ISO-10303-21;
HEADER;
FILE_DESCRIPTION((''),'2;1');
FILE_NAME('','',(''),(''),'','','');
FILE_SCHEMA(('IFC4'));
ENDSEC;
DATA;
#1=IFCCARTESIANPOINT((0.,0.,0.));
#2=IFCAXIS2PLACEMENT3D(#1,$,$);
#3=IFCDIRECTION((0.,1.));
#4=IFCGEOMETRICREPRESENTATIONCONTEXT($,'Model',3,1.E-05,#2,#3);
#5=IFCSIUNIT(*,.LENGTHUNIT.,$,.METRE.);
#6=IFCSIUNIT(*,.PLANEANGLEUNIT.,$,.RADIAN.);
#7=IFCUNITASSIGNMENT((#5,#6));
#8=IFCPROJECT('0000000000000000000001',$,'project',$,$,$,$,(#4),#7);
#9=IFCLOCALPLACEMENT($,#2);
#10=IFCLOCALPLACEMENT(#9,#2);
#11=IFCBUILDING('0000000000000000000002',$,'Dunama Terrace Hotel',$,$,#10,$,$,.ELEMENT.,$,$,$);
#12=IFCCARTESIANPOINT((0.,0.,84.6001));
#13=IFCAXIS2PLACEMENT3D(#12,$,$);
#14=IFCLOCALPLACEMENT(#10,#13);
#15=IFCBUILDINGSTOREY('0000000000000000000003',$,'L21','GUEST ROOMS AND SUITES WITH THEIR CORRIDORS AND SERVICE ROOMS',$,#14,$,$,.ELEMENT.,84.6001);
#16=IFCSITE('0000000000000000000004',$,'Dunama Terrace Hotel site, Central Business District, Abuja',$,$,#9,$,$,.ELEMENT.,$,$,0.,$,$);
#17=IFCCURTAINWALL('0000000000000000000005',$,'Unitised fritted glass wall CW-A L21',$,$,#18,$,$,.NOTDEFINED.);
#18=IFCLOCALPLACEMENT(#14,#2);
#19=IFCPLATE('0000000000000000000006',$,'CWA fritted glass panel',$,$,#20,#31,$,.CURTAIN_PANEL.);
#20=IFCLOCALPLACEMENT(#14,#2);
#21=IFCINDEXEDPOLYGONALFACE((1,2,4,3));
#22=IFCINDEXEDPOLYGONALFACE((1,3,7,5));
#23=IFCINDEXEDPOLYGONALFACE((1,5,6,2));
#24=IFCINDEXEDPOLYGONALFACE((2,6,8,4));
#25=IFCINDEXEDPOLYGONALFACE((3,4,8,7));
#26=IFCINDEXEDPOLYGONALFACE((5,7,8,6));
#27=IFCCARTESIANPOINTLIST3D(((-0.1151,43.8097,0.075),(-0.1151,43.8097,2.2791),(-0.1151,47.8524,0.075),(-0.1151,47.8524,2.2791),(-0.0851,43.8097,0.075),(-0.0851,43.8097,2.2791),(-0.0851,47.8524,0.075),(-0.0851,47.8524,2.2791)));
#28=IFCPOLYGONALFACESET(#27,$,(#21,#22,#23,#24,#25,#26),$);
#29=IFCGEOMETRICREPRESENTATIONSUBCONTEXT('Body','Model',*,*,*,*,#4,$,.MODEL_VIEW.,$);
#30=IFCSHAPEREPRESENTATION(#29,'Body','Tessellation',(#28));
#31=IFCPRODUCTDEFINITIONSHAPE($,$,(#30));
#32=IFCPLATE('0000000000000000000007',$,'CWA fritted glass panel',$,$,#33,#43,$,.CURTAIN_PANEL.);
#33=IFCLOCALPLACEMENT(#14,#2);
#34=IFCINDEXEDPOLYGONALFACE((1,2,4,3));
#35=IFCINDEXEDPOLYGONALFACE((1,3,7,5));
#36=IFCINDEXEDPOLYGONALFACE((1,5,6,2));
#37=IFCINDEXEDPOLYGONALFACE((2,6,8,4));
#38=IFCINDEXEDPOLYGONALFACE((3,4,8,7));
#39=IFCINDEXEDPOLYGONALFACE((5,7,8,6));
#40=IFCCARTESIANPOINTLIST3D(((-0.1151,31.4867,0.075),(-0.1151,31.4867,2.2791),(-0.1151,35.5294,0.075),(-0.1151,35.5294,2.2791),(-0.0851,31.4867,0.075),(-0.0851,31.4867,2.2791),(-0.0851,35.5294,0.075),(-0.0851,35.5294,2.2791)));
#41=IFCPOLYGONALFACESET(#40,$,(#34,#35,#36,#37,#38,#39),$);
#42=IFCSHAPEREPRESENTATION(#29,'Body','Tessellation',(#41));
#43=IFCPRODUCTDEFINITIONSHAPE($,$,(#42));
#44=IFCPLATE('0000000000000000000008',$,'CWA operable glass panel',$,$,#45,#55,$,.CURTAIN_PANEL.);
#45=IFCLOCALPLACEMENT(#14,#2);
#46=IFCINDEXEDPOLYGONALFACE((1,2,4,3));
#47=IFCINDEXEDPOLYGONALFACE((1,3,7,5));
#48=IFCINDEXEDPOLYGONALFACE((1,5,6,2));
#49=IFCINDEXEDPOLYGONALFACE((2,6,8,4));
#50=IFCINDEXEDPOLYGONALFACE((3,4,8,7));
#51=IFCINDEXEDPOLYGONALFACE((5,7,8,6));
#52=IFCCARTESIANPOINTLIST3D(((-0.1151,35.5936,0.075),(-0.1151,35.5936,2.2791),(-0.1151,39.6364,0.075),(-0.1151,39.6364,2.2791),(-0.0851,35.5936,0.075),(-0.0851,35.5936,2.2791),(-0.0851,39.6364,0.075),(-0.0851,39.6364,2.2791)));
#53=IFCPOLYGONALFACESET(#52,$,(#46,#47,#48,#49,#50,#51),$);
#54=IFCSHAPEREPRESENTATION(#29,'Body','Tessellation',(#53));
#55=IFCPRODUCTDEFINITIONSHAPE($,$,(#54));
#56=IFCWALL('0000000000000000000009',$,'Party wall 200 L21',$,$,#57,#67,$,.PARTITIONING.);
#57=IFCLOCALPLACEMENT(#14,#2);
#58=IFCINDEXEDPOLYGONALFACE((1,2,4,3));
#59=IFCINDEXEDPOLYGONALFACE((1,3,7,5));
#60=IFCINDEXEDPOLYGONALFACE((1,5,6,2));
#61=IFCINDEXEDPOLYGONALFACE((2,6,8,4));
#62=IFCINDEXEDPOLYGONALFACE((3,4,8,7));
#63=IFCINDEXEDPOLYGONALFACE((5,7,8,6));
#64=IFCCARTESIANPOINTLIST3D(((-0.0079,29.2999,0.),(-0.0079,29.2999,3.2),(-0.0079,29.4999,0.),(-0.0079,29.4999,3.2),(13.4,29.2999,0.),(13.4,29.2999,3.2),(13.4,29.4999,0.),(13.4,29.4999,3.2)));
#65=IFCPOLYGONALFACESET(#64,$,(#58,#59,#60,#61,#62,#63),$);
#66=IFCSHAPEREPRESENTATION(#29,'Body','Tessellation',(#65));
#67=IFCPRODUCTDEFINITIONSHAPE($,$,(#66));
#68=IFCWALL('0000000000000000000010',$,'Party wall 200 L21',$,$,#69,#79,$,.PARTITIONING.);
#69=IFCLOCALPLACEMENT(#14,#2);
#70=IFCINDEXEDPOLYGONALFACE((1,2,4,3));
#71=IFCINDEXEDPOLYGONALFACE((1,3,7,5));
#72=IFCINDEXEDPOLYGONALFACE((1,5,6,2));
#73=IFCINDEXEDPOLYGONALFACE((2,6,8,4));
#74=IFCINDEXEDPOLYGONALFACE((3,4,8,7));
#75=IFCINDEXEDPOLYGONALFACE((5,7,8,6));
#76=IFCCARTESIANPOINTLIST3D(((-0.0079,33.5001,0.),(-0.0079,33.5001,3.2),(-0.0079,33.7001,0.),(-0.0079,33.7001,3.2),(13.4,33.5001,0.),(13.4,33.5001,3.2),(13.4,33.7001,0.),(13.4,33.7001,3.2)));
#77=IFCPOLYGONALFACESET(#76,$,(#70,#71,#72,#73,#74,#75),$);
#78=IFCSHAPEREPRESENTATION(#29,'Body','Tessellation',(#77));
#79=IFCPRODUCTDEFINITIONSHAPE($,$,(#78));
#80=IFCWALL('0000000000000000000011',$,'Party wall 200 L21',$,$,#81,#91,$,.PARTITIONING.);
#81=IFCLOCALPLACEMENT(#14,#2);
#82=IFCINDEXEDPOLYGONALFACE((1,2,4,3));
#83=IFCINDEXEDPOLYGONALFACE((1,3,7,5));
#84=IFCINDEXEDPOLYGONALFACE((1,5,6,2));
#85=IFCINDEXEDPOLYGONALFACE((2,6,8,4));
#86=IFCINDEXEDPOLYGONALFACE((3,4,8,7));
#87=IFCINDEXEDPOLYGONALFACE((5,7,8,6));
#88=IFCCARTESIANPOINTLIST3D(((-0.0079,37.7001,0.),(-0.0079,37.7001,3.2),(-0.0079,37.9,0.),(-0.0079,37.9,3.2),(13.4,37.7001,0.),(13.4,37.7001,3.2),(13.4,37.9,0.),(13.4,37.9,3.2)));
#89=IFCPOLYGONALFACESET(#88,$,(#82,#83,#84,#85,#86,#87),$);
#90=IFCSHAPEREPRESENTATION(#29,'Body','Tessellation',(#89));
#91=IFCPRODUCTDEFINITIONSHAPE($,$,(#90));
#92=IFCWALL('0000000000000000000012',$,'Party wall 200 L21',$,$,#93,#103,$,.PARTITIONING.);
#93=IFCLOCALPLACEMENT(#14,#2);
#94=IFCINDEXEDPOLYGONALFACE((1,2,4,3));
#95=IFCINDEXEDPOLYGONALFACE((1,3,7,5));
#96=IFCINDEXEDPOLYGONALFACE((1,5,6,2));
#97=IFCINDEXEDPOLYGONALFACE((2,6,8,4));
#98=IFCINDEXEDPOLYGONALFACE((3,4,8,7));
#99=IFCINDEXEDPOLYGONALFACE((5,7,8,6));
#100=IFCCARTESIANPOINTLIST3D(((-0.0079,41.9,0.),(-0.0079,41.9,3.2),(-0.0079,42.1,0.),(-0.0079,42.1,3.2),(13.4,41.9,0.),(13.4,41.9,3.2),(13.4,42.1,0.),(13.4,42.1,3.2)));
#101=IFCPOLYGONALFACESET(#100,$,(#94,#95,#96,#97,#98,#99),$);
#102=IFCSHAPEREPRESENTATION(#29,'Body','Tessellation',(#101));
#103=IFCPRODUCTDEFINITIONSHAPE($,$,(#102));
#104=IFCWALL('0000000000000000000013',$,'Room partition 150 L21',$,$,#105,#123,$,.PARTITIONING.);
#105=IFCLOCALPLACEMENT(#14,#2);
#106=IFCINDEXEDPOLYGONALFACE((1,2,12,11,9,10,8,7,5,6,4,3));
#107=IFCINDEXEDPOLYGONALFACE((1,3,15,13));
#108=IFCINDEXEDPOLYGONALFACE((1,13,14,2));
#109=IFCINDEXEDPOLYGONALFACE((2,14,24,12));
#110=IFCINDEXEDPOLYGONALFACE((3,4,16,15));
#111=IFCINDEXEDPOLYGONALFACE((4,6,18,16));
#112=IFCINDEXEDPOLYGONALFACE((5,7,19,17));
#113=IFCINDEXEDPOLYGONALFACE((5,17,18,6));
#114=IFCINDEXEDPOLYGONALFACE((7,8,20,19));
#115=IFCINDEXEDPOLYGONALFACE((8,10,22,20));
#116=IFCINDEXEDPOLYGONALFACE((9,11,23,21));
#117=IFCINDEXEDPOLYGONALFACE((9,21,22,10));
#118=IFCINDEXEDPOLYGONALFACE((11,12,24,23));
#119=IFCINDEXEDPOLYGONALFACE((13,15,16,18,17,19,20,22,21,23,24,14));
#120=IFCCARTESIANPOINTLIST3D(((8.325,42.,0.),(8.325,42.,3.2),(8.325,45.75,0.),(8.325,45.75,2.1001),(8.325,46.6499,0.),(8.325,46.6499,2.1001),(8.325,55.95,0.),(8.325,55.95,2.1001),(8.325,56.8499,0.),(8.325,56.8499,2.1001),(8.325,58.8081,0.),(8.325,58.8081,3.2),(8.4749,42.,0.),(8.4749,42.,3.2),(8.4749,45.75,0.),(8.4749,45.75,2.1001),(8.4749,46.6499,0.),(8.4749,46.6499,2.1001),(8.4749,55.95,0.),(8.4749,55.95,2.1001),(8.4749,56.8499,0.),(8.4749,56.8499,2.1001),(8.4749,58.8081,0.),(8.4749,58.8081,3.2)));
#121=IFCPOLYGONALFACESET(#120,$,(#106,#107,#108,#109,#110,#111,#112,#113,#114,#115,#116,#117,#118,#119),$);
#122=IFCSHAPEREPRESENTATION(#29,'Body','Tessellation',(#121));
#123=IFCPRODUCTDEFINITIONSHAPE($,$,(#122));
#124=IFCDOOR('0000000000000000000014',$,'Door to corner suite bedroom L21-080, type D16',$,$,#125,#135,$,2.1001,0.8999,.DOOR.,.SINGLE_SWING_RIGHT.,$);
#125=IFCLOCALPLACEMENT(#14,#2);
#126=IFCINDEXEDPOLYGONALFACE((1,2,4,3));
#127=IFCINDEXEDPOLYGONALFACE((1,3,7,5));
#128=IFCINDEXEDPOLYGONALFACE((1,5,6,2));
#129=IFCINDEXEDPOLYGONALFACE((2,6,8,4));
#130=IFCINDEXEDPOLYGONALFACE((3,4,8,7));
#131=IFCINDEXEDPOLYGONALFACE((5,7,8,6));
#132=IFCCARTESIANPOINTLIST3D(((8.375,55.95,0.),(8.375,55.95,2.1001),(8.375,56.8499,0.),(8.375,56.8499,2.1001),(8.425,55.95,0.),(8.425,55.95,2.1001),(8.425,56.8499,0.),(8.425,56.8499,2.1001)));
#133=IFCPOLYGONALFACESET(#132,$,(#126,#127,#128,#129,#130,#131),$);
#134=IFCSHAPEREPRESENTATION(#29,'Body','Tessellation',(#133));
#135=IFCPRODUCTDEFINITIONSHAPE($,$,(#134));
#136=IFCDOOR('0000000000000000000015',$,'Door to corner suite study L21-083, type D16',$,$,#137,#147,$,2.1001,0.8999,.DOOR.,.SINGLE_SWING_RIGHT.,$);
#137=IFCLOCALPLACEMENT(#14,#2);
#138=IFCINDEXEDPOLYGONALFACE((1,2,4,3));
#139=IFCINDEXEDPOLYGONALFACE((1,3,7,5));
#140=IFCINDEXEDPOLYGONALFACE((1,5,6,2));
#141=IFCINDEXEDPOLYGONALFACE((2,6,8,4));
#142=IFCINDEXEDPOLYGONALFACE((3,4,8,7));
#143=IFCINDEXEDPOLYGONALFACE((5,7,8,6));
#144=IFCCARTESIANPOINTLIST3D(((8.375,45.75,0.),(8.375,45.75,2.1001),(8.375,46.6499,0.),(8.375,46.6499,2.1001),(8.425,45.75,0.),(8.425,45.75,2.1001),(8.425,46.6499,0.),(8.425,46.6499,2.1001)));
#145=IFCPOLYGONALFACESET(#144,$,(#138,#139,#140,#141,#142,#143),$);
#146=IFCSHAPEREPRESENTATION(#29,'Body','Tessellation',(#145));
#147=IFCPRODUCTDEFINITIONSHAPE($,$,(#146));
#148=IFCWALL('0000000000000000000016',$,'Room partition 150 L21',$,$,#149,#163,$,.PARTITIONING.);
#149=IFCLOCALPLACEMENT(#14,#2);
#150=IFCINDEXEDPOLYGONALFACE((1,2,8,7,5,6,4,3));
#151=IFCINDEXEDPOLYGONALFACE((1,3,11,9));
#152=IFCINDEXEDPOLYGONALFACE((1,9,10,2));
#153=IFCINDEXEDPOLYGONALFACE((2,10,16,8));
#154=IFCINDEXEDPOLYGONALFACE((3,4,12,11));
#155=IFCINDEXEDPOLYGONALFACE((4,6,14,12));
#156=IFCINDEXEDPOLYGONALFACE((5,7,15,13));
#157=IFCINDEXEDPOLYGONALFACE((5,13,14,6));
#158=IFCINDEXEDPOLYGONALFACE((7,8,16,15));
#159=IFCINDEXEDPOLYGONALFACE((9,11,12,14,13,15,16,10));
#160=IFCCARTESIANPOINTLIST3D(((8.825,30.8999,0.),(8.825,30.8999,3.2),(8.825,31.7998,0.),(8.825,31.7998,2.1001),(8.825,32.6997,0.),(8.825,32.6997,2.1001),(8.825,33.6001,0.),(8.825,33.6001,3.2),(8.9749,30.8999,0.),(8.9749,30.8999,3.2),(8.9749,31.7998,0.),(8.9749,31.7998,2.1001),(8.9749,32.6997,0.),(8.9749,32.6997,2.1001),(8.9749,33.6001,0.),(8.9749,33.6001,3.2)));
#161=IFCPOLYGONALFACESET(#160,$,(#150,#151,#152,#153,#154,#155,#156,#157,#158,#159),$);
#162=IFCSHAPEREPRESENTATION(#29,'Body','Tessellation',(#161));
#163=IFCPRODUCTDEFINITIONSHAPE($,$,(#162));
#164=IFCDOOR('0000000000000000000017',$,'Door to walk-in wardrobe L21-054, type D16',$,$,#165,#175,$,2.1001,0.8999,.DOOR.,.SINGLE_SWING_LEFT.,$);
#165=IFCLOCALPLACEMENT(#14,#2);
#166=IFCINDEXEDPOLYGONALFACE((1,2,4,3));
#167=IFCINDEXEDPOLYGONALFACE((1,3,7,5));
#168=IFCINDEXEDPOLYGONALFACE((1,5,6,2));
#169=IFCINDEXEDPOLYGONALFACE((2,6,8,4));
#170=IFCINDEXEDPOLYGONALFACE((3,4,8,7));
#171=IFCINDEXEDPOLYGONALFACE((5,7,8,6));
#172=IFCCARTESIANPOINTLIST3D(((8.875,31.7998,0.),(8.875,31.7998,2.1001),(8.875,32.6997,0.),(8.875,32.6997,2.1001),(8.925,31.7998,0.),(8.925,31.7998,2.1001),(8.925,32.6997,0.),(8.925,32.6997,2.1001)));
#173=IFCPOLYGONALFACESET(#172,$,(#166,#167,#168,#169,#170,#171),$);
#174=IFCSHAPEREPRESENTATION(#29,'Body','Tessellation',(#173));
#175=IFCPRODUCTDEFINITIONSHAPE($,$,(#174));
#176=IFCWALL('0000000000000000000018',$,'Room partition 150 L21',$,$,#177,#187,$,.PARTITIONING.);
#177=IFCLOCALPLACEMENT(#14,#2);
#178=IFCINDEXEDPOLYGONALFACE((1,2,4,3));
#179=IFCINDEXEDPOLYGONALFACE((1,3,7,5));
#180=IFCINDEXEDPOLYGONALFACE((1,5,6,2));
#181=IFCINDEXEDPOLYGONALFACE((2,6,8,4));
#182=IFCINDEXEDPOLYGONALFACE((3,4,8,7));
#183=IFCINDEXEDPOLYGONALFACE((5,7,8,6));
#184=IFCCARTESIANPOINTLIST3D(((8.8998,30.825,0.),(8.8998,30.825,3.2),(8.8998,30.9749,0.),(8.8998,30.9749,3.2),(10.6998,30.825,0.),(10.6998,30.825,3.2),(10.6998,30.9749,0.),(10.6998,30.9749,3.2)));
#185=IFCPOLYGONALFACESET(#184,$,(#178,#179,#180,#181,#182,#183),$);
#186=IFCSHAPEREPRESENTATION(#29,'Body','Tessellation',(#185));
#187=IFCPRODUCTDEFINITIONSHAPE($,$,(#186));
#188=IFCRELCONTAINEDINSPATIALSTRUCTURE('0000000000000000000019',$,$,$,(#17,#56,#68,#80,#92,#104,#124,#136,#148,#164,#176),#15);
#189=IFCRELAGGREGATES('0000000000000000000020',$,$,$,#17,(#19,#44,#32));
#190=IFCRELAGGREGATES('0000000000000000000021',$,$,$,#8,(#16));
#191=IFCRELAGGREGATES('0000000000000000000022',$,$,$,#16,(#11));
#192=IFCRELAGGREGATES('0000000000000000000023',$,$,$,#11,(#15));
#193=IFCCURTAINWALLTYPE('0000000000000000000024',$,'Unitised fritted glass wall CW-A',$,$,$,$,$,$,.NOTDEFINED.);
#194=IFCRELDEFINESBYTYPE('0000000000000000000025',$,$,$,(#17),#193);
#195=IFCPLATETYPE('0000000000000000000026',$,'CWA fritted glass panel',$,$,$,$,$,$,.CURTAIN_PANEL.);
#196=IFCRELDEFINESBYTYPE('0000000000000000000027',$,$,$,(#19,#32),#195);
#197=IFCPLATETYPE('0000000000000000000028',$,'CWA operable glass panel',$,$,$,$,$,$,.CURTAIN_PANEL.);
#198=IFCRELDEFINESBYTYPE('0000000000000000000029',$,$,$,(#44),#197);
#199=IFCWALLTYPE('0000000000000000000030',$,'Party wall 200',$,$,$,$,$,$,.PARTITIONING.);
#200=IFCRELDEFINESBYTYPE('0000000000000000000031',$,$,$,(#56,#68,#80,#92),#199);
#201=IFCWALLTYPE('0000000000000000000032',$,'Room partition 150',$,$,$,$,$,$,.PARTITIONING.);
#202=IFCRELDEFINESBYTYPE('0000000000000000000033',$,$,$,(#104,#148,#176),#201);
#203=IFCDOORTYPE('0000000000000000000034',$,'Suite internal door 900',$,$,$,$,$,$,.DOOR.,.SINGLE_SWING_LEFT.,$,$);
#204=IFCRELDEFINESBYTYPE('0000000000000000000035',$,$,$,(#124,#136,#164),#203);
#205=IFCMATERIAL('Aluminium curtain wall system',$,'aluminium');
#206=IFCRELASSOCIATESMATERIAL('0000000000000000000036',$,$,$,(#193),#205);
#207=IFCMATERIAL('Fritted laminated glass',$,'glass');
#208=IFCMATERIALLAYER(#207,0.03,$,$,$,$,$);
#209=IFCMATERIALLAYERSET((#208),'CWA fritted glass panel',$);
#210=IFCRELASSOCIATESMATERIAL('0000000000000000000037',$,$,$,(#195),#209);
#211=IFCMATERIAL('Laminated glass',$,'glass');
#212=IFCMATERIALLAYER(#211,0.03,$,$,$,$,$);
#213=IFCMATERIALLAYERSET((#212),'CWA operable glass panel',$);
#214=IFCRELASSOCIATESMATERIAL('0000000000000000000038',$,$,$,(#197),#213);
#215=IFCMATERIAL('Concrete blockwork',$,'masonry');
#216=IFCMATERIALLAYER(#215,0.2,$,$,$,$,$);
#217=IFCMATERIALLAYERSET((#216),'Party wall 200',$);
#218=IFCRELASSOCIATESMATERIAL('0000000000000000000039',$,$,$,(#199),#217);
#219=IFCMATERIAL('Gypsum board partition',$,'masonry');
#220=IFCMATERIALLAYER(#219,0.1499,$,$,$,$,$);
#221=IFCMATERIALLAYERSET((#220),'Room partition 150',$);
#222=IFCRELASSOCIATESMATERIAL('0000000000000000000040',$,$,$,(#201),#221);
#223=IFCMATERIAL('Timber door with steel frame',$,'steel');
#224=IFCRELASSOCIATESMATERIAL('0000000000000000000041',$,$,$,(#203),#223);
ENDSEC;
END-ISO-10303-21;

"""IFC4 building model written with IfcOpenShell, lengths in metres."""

from ifc_helpers import new_model, si_unit, direction, frame, frame_2d, origin, origin_2d, place, context, subcontext, project, spatial, rectangle, extrude, material, layer, layer_set, type_object, element, fill, aggregate, save


model = new_model("IFC4")

# Units and contexts
model_context = context("Model", 3, precision=1e-05, world=origin(), true_north=direction((0.0, 1.0)))
body_context = subcontext(model_context, "Body", "Model", "MODEL_VIEW")
ifc_project = project(units=[si_unit("LENGTHUNIT", "METRE"), si_unit("PLANEANGLEUNIT", "RADIAN")], contexts=[model_context])

# Site, building, storey
site_placement = place(None, origin())
site = spatial("IfcSite", under=ifc_project, at=site_placement, Name="Dunama Terrace Hotel site, Central Business District, Abuja", CompositionType="ELEMENT", RefElevation=0.0)
building_placement = place(site_placement, origin())
building = spatial("IfcBuilding", under=site, at=building_placement, Name="Dunama Terrace Hotel", CompositionType="ELEMENT")
storey_placement = place(building_placement, frame((0.0, 0.0, 84.6001)))
storey = spatial("IfcBuildingStorey", under=building, at=storey_placement, Name="L21", Description="GUEST ROOMS AND SUITES WITH THEIR CORRIDORS AND SERVICE ROOMS", CompositionType="ELEMENT", Elevation=84.6001)

# Curtain wall, plates
ifc_material_1 = material(Name="Aluminium curtain wall system", Category="aluminium")
curtain_wall_type = type_object("IfcCurtainWallType", Name="Unitised fritted glass wall CW-A", PredefinedType="NOTDEFINED", material=ifc_material_1)
curtain_wall_placement = place(storey_placement, origin())
curtain_wall = element("IfcCurtainWall", 1, at=curtain_wall_placement, inside=storey, type_object=curtain_wall_type, Name="Unitised fritted glass wall CW-A L21", PredefinedType="NOTDEFINED")
ifc_material_2 = material(Name="Fritted laminated glass", Category="glass")
ifc_layer_1 = layer(ifc_material_2, 0.03)
ifc_layer_set_1 = layer_set([ifc_layer_1], Name="CWA fritted glass panel")
plate_type_1 = type_object("IfcPlateType", Name="CWA fritted glass panel", PredefinedType="CURTAIN_PANEL", material=ifc_layer_set_1)
plate_1_placement = place(storey_placement, frame((-0.1001, 45.8311, 0.075), z_axis=(0.0, 0.0, 1.0), x_axis=(0.0, -1.0, 0.0)))
plate_1 = element("IfcPlate", 2, at=plate_1_placement, type_object=plate_type_1, Name="CWA fritted glass panel", PredefinedType="CURTAIN_PANEL", context=body_context, shape_type="SweptSolid", body=[
    extrude(rectangle(XDim=4.0427, YDim=0.03, at=origin_2d()), origin(), (0.0, 0.0, 1.0), 2.2041),
])
plate_2_placement = place(storey_placement, frame((-0.1001, 33.5081, 0.075), z_axis=(0.0, 0.0, 1.0), x_axis=(0.0, -1.0, 0.0)))
plate_2 = element("IfcPlate", 3, at=plate_2_placement, type_object=plate_type_1, Name="CWA fritted glass panel", PredefinedType="CURTAIN_PANEL", context=body_context, shape_type="SweptSolid", body=[
    extrude(rectangle(XDim=4.0427, YDim=0.03, at=origin_2d()), origin(), (0.0, 0.0, 1.0), 2.2041),
])
ifc_material_3 = material(Name="Laminated glass", Category="glass")
ifc_layer_2 = layer(ifc_material_3, 0.03)
ifc_layer_set_2 = layer_set([ifc_layer_2], Name="CWA operable glass panel")
plate_type_2 = type_object("IfcPlateType", Name="CWA operable glass panel", PredefinedType="CURTAIN_PANEL", material=ifc_layer_set_2)
plate_3_placement = place(storey_placement, frame((-0.1001, 37.615, 0.075), z_axis=(0.0, 0.0, 1.0), x_axis=(0.0, -1.0, 0.0)))
plate_3 = element("IfcPlate", 4, at=plate_3_placement, type_object=plate_type_2, Name="CWA operable glass panel", PredefinedType="CURTAIN_PANEL", context=body_context, shape_type="SweptSolid", body=[
    extrude(rectangle(XDim=4.0427, YDim=0.03, at=origin_2d()), origin(), (0.0, 0.0, 1.0), 2.2041),
])
aggregate(curtain_wall, [plate_1, plate_3, plate_2])

# Walls
ifc_material_4 = material(Name="Concrete blockwork", Category="masonry")
ifc_layer_3 = layer(ifc_material_4, 0.2)
ifc_layer_set_3 = layer_set([ifc_layer_3], Name="Party wall 200")
wall_type_1 = type_object("IfcWallType", Name="Party wall 200", PredefinedType="PARTITIONING", material=ifc_layer_set_3)
for number, where, z_axis, x_axis, name in (
    (5, (-0.0081, 29.3999, 0.0), (0.0, 0.0, 1.0), (1.0, 0.0, 0.0), "Party wall 200 L21"),
    (6, (-0.0081, 33.6001, 0.0), (0.0, 0.0, 1.0), (1.0, 0.0, 0.0), "Party wall 200 L21"),
    (7, (-0.0081, 37.8, 0.0), (0.0, 0.0, 1.0), (1.0, 0.0, 0.0), "Party wall 200 L21"),
    (8, (-0.0081, 42.0, 0.0), (0.0, 0.0, 1.0), (1.0, 0.0, 0.0), "Party wall 200 L21"),
):
    element("IfcWall", number, at=place(storey_placement, frame(where, z_axis=z_axis, x_axis=x_axis)), inside=storey, type_object=wall_type_1, Name=name, PredefinedType="PARTITIONING", context=body_context, shape_type="SweptSolid", body=[
        extrude(rectangle(XDim=13.408, YDim=0.2, at=frame_2d((6.7041, 0.0))), origin(), (0.0, 0.0, 1.0), 3.2),
    ])

# Wall, openings, doors
ifc_material_5 = material(Name="Gypsum board partition", Category="masonry")
ifc_layer_4 = layer(ifc_material_5, 0.1499)
ifc_layer_set_4 = layer_set([ifc_layer_4], Name="Room partition 150")
wall_type_2 = type_object("IfcWallType", Name="Room partition 150", PredefinedType="PARTITIONING", material=ifc_layer_set_4)
wall_1_placement = place(storey_placement, frame((8.3999, 42.0, 0.0), z_axis=(0.0, 0.0, 1.0), x_axis=(0.0, 1.0, 0.0)))
wall_1 = element("IfcWall", 9, at=wall_1_placement, inside=storey, type_object=wall_type_2, Name="Room partition 150 L21", PredefinedType="PARTITIONING", context=body_context, shape_type="SweptSolid", body=[
    extrude(rectangle(XDim=16.8081, YDim=0.1499, at=frame_2d((8.4041, 0.0))), origin(), (0.0, 0.0, 1.0), 3.2),
])
opening_1_placement = place(wall_1_placement, frame((13.95, 0.0, 0.0)))
opening_1 = element("IfcOpeningElement", 10, at=opening_1_placement, cuts=wall_1, PredefinedType="OPENING", context=body_context, shape_type="SweptSolid", body=[
    extrude(rectangle(XDim=0.8999, YDim=2.1001, at=frame_2d((0.45, 1.05))), frame((0.0, 0.085, 0.0), z_axis=(0.0, -1.0, 0.0), x_axis=(1.0, 0.0, 0.0)), (0.0, 0.0, 1.0), 0.1699),
])
opening_2_placement = place(wall_1_placement, frame((3.75, 0.0, 0.0)))
opening_2 = element("IfcOpeningElement", 11, at=opening_2_placement, cuts=wall_1, PredefinedType="OPENING", context=body_context, shape_type="SweptSolid", body=[
    extrude(rectangle(XDim=0.8999, YDim=2.1001, at=frame_2d((0.45, 1.05))), frame((0.0, 0.085, 0.0), z_axis=(0.0, -1.0, 0.0), x_axis=(1.0, 0.0, 0.0)), (0.0, 0.0, 1.0), 0.1699),
])
ifc_material_6 = material(Name="Timber door with steel frame", Category="steel")
door_type = type_object("IfcDoorType", Name="Suite internal door 900", OperationType="SINGLE_SWING_LEFT", PredefinedType="DOOR", material=ifc_material_6)
door_1_placement = place(opening_1_placement, origin())
door_1 = element("IfcDoor", 12, at=door_1_placement, inside=storey, type_object=door_type, Name="Door to corner suite bedroom L21-080, type D16", OperationType="SINGLE_SWING_RIGHT", OverallHeight=2.1001, OverallWidth=0.8999, PredefinedType="DOOR", context=body_context, shape_type="SweptSolid", body=[
    extrude(rectangle(XDim=0.8999, YDim=2.1001, at=frame_2d((0.45, 1.05))), frame((0.0, 0.0249, 0.0), z_axis=(0.0, -1.0, 0.0), x_axis=(1.0, 0.0, 0.0)), (0.0, 0.0, 1.0), 0.05),
])
fill(opening_1, door_1)
door_2_placement = place(opening_2_placement, origin())
door_2 = element("IfcDoor", 13, at=door_2_placement, inside=storey, type_object=door_type, Name="Door to corner suite study L21-083, type D16", OperationType="SINGLE_SWING_RIGHT", OverallHeight=2.1001, OverallWidth=0.8999, PredefinedType="DOOR", context=body_context, shape_type="SweptSolid", body=[
    extrude(rectangle(XDim=0.8999, YDim=2.1001, at=frame_2d((0.45, 1.05))), frame((0.0, 0.0249, 0.0), z_axis=(0.0, -1.0, 0.0), x_axis=(1.0, 0.0, 0.0)), (0.0, 0.0, 1.0), 0.05),
])
fill(opening_2, door_2)

# Wall, opening, door
wall_2_placement = place(storey_placement, frame((8.8999, 30.8999, 0.0), z_axis=(0.0, 0.0, 1.0), x_axis=(0.0, 1.0, 0.0)))
wall_2 = element("IfcWall", 14, at=wall_2_placement, inside=storey, type_object=wall_type_2, Name="Room partition 150 L21", PredefinedType="PARTITIONING", context=body_context, shape_type="SweptSolid", body=[
    extrude(rectangle(XDim=2.7002, YDim=0.1499, at=frame_2d((1.3501, 0.0))), origin(), (0.0, 0.0, 1.0), 3.2),
])
opening_3_placement = place(wall_2_placement, frame((0.8999, 0.0, 0.0)))
opening_3 = element("IfcOpeningElement", 15, at=opening_3_placement, cuts=wall_2, PredefinedType="OPENING", context=body_context, shape_type="SweptSolid", body=[
    extrude(rectangle(XDim=0.8999, YDim=2.1001, at=frame_2d((0.45, 1.05))), frame((0.0, 0.085, 0.0), z_axis=(0.0, -1.0, 0.0), x_axis=(1.0, 0.0, 0.0)), (0.0, 0.0, 1.0), 0.1699),
])
door_3_placement = place(opening_3_placement, frame((0.8999, 0.0, 0.0), z_axis=(0.0, 0.0, 1.0), x_axis=(-1.0, 0.0, 0.0)))
door_3 = element("IfcDoor", 16, at=door_3_placement, inside=storey, type_object=door_type, Name="Door to walk-in wardrobe L21-054, type D16", OperationType="SINGLE_SWING_LEFT", OverallHeight=2.1001, OverallWidth=0.8999, PredefinedType="DOOR", context=body_context, shape_type="SweptSolid", body=[
    extrude(rectangle(XDim=0.8999, YDim=2.1001, at=frame_2d((0.45, 1.05))), frame((0.0, 0.0251, 0.0), z_axis=(0.0, -1.0, 0.0), x_axis=(1.0, 0.0, 0.0)), (0.0, 0.0, 1.0), 0.05),
])
fill(opening_3, door_3)

# Wall
wall_3_placement = place(storey_placement, frame((8.8999, 30.8999, 0.0), z_axis=(0.0, 0.0, 1.0), x_axis=(1.0, 0.0, 0.0)))
element("IfcWall", 17, at=wall_3_placement, inside=storey, type_object=wall_type_2, Name="Room partition 150 L21", PredefinedType="PARTITIONING", context=body_context, shape_type="SweptSolid", body=[
    extrude(rectangle(XDim=1.8, YDim=0.1499, at=frame_2d((0.8999, 0.0))), origin(), (0.0, 0.0, 1.0), 3.2),
])

save(model, "model.ifc")
